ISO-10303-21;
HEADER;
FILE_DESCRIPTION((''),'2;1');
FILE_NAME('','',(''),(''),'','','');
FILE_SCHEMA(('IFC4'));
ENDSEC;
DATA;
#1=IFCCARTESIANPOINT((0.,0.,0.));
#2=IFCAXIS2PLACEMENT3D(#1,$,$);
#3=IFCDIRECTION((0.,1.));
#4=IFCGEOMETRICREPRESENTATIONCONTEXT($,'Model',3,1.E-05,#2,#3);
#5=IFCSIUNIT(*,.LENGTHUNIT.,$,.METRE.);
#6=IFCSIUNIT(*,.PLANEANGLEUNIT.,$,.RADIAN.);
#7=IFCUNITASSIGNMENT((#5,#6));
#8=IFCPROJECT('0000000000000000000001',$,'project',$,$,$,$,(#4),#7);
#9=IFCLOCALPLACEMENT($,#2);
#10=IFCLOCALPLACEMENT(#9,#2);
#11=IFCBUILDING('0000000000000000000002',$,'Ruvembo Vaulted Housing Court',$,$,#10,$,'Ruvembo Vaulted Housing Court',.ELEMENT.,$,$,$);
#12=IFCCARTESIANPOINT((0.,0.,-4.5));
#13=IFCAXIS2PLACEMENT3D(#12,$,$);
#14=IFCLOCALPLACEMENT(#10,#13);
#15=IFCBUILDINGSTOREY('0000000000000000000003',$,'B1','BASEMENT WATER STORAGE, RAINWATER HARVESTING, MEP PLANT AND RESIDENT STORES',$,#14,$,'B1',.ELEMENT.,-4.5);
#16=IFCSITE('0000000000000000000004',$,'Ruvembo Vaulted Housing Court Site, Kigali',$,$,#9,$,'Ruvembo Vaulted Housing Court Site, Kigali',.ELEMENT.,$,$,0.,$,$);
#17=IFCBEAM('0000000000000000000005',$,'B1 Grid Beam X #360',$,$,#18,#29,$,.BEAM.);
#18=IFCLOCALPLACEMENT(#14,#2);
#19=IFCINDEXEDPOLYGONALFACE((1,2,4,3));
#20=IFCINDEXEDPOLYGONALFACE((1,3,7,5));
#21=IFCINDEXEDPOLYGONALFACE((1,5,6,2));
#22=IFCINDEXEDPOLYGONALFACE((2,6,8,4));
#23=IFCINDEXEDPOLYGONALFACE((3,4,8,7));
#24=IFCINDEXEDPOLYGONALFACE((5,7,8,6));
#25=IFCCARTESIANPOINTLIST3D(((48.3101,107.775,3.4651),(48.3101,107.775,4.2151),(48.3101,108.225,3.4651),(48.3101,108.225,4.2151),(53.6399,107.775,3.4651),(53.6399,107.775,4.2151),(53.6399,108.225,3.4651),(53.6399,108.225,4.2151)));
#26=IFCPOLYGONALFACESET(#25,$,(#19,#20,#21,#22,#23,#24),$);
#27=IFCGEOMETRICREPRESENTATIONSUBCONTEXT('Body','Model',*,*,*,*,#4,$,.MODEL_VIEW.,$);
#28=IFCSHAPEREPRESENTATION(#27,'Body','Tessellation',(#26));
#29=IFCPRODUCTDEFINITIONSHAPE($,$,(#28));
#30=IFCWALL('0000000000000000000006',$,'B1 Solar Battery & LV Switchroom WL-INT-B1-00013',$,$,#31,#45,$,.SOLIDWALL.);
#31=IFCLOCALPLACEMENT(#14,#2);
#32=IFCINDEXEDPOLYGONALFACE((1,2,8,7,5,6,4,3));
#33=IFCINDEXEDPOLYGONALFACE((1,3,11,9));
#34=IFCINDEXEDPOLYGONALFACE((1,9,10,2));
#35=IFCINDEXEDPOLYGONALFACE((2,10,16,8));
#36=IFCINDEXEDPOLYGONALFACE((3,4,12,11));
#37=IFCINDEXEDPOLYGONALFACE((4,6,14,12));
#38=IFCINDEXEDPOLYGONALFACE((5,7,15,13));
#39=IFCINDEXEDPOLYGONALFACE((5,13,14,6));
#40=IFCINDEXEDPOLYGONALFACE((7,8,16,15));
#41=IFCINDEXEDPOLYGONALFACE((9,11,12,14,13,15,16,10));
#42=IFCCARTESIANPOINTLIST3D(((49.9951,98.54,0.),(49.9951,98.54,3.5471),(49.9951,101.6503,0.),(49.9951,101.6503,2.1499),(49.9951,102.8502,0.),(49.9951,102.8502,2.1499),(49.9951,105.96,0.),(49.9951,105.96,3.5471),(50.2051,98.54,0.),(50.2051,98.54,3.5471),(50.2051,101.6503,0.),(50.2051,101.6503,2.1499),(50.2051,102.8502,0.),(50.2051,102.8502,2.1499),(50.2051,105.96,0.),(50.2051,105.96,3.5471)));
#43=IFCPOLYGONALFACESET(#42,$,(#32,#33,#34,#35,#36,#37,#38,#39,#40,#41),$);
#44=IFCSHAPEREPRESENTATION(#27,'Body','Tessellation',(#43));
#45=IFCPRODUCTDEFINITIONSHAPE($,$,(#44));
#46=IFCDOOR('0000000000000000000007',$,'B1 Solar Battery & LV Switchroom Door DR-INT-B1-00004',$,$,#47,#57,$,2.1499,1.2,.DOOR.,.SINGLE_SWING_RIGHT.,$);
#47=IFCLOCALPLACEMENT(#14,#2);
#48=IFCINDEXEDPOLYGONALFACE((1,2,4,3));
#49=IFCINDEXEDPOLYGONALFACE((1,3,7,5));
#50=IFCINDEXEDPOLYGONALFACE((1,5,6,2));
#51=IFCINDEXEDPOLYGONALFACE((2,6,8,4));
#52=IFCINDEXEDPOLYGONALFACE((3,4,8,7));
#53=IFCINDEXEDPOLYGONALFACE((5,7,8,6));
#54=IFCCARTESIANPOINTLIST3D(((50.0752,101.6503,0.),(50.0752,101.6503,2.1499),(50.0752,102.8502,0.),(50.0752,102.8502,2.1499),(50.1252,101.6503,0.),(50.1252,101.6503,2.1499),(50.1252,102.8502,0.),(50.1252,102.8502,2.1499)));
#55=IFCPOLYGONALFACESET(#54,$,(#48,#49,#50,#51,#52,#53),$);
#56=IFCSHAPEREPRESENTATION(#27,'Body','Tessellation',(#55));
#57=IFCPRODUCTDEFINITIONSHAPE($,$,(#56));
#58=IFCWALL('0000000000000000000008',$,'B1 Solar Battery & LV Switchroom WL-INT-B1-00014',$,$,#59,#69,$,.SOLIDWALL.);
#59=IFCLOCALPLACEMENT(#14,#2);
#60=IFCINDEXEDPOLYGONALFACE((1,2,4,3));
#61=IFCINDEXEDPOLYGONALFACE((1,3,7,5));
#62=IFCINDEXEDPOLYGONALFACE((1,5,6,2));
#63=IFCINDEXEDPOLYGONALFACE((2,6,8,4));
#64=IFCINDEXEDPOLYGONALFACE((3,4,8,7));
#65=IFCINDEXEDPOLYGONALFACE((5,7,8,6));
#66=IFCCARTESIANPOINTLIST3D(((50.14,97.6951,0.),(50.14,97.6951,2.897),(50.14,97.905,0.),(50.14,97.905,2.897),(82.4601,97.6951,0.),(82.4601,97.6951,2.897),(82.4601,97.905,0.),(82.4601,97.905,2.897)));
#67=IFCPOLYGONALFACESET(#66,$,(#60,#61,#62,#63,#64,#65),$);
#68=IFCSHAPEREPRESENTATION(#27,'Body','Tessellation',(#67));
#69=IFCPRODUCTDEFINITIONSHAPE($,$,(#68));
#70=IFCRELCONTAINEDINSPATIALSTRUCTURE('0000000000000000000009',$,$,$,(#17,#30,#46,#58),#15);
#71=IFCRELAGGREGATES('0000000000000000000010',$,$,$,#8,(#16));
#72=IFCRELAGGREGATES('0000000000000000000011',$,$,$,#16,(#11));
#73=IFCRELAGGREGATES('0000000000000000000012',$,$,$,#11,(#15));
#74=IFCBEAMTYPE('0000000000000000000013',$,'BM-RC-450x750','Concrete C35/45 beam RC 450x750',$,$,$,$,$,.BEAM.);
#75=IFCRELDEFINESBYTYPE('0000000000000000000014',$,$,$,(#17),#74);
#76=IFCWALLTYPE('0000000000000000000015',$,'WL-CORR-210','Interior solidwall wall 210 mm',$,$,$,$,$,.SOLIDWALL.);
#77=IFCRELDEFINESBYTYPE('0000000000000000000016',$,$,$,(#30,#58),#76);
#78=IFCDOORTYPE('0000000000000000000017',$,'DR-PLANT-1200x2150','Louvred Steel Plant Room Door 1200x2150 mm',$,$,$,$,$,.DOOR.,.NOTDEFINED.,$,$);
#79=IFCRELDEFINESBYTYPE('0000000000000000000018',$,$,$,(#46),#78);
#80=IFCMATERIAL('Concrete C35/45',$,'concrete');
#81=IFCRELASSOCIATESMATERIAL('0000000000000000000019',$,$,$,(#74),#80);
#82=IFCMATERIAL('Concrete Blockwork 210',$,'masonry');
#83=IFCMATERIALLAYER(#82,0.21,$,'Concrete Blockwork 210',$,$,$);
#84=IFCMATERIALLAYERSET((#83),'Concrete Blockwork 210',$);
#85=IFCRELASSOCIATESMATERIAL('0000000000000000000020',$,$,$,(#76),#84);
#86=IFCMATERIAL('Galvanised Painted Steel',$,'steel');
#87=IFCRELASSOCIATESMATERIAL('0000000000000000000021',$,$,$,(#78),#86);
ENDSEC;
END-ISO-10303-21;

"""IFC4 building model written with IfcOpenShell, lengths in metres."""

from ifc_helpers import new_model, si_unit, direction, frame, frame_2d, origin, origin_2d, place, context, subcontext, project, spatial, rectangle, extrude, material, layer, layer_set, material_profile, profile_set, type_object, element, fill, save


model = new_model("IFC4")

# Units and contexts
model_context = context("Model", 3, precision=1e-05, world=origin(), true_north=direction((0.0, 1.0)))
body_context = subcontext(model_context, "Body", "Model", "MODEL_VIEW")
ifc_project = project(units=[si_unit("LENGTHUNIT", "METRE"), si_unit("PLANEANGLEUNIT", "RADIAN")], contexts=[model_context])

# Site, building, storey
site_placement = place(None, origin())
site = spatial("IfcSite", under=ifc_project, at=site_placement, Name="Ruvembo Vaulted Housing Court Site, Kigali", LongName="Ruvembo Vaulted Housing Court Site, Kigali", CompositionType="ELEMENT", RefElevation=0.0)
building_placement = place(site_placement, origin())
building = spatial("IfcBuilding", under=site, at=building_placement, Name="Ruvembo Vaulted Housing Court", LongName="Ruvembo Vaulted Housing Court", CompositionType="ELEMENT")
storey_placement = place(building_placement, frame((0.0, 0.0, -4.5)))
storey = spatial("IfcBuildingStorey", under=building, at=storey_placement, Name="B1", Description="BASEMENT WATER STORAGE, RAINWATER HARVESTING, MEP PLANT AND RESIDENT STORES", LongName="B1", CompositionType="ELEMENT", Elevation=-4.5)

# Shared definitions
ifc_material_1 = material(Name="Concrete C35/45", Category="concrete")

# Beam
ifc_material_profile_1 = material_profile(ifc_material_1, rectangle(XDim=0.45, YDim=0.75, at=origin_2d()), Name="RC 450x750")
ifc_profile_set_1 = profile_set([ifc_material_profile_1], Name="Concrete C35/45")
beam_type_1 = type_object("IfcBeamType", Name="BM-RC-450x750", Description="Concrete C35/45 beam RC 450x750", PredefinedType="BEAM", material=ifc_profile_set_1)
beam_placement = place(storey_placement, frame((48.3101, 108.0, 3.8401), z_axis=(1.0, 0.0, 0.0), x_axis=(0.0, 1.0, 0.0)))
element("IfcBeam", 1, at=beam_placement, inside=storey, type_object=beam_type_1, Name="B1 Grid Beam X #360", PredefinedType="BEAM", context=body_context, shape_type="SweptSolid", body=[
    extrude(rectangle(XDim=0.45, YDim=0.75, at=origin_2d()), origin(), (0.0, 0.0, 1.0), 5.3298),
])

# Wall, opening, door
ifc_material_2 = material(Name="Concrete Blockwork 210", Category="masonry")
ifc_layer = layer(ifc_material_2, 0.21, Name="Concrete Blockwork 210")
ifc_layer_set = layer_set([ifc_layer], Name="Concrete Blockwork 210")
wall_type = type_object("IfcWallType", Name="WL-CORR-210", Description="Interior solidwall wall 210 mm", PredefinedType="SOLIDWALL", material=ifc_layer_set)
wall_1_placement = place(storey_placement, frame((50.1001, 98.54, 0.0), z_axis=(0.0, 0.0, 1.0), x_axis=(0.0, 1.0, 0.0)))
wall_1 = element("IfcWall", 2, at=wall_1_placement, inside=storey, type_object=wall_type, Name="B1 Solar Battery & LV Switchroom WL-INT-B1-00013", PredefinedType="SOLIDWALL", context=body_context, shape_type="SweptSolid", body=[
    extrude(rectangle(XDim=7.4199, YDim=0.21, at=frame_2d((3.71, 0.0))), origin(), (0.0, 0.0, 1.0), 3.5471),
])
opening_placement = place(wall_1_placement, frame((3.1101, 0.0, 0.0)))
opening = element("IfcOpeningElement", 3, at=opening_placement, cuts=wall_1, PredefinedType="OPENING", context=body_context, shape_type="SweptSolid", body=[
    extrude(rectangle(XDim=1.2, YDim=2.1499, at=frame_2d((0.6001, 1.075))), frame((0.0, 0.115, 0.0), z_axis=(0.0, -1.0, 0.0), x_axis=(1.0, 0.0, 0.0)), (0.0, 0.0, 1.0), 0.23),
])
ifc_material_3 = material(Name="Galvanised Painted Steel", Category="steel")
door_type = type_object("IfcDoorType", Name="DR-PLANT-1200x2150", Description="Louvred Steel Plant Room Door 1200x2150 mm", OperationType="NOTDEFINED", PredefinedType="DOOR", material=ifc_material_3)
door_placement = place(opening_placement, origin())
door = element("IfcDoor", 4, at=door_placement, inside=storey, type_object=door_type, Name="B1 Solar Battery & LV Switchroom Door DR-INT-B1-00004", OperationType="SINGLE_SWING_RIGHT", OverallHeight=2.1499, OverallWidth=1.2, PredefinedType="DOOR", context=body_context, shape_type="SweptSolid", body=[
    extrude(rectangle(XDim=1.2, YDim=2.1499, at=frame_2d((0.6001, 1.075))), frame((0.0, 0.0249, 0.0), z_axis=(0.0, -1.0, 0.0), x_axis=(1.0, 0.0, 0.0)), (0.0, 0.0, 1.0), 0.05),
])
fill(opening, door)

# Wall
wall_2_placement = place(storey_placement, frame((50.1399, 97.8, 0.0), z_axis=(0.0, 0.0, 1.0), x_axis=(1.0, 0.0, 0.0)))
element("IfcWall", 5, at=wall_2_placement, inside=storey, type_object=wall_type, Name="B1 Solar Battery & LV Switchroom WL-INT-B1-00014", PredefinedType="SOLIDWALL", context=body_context, shape_type="SweptSolid", body=[
    extrude(rectangle(XDim=32.3201, YDim=0.21, at=frame_2d((16.1602, 0.0))), origin(), (0.0, 0.0, 1.0), 2.897),
])

save(model, "model.ifc")
